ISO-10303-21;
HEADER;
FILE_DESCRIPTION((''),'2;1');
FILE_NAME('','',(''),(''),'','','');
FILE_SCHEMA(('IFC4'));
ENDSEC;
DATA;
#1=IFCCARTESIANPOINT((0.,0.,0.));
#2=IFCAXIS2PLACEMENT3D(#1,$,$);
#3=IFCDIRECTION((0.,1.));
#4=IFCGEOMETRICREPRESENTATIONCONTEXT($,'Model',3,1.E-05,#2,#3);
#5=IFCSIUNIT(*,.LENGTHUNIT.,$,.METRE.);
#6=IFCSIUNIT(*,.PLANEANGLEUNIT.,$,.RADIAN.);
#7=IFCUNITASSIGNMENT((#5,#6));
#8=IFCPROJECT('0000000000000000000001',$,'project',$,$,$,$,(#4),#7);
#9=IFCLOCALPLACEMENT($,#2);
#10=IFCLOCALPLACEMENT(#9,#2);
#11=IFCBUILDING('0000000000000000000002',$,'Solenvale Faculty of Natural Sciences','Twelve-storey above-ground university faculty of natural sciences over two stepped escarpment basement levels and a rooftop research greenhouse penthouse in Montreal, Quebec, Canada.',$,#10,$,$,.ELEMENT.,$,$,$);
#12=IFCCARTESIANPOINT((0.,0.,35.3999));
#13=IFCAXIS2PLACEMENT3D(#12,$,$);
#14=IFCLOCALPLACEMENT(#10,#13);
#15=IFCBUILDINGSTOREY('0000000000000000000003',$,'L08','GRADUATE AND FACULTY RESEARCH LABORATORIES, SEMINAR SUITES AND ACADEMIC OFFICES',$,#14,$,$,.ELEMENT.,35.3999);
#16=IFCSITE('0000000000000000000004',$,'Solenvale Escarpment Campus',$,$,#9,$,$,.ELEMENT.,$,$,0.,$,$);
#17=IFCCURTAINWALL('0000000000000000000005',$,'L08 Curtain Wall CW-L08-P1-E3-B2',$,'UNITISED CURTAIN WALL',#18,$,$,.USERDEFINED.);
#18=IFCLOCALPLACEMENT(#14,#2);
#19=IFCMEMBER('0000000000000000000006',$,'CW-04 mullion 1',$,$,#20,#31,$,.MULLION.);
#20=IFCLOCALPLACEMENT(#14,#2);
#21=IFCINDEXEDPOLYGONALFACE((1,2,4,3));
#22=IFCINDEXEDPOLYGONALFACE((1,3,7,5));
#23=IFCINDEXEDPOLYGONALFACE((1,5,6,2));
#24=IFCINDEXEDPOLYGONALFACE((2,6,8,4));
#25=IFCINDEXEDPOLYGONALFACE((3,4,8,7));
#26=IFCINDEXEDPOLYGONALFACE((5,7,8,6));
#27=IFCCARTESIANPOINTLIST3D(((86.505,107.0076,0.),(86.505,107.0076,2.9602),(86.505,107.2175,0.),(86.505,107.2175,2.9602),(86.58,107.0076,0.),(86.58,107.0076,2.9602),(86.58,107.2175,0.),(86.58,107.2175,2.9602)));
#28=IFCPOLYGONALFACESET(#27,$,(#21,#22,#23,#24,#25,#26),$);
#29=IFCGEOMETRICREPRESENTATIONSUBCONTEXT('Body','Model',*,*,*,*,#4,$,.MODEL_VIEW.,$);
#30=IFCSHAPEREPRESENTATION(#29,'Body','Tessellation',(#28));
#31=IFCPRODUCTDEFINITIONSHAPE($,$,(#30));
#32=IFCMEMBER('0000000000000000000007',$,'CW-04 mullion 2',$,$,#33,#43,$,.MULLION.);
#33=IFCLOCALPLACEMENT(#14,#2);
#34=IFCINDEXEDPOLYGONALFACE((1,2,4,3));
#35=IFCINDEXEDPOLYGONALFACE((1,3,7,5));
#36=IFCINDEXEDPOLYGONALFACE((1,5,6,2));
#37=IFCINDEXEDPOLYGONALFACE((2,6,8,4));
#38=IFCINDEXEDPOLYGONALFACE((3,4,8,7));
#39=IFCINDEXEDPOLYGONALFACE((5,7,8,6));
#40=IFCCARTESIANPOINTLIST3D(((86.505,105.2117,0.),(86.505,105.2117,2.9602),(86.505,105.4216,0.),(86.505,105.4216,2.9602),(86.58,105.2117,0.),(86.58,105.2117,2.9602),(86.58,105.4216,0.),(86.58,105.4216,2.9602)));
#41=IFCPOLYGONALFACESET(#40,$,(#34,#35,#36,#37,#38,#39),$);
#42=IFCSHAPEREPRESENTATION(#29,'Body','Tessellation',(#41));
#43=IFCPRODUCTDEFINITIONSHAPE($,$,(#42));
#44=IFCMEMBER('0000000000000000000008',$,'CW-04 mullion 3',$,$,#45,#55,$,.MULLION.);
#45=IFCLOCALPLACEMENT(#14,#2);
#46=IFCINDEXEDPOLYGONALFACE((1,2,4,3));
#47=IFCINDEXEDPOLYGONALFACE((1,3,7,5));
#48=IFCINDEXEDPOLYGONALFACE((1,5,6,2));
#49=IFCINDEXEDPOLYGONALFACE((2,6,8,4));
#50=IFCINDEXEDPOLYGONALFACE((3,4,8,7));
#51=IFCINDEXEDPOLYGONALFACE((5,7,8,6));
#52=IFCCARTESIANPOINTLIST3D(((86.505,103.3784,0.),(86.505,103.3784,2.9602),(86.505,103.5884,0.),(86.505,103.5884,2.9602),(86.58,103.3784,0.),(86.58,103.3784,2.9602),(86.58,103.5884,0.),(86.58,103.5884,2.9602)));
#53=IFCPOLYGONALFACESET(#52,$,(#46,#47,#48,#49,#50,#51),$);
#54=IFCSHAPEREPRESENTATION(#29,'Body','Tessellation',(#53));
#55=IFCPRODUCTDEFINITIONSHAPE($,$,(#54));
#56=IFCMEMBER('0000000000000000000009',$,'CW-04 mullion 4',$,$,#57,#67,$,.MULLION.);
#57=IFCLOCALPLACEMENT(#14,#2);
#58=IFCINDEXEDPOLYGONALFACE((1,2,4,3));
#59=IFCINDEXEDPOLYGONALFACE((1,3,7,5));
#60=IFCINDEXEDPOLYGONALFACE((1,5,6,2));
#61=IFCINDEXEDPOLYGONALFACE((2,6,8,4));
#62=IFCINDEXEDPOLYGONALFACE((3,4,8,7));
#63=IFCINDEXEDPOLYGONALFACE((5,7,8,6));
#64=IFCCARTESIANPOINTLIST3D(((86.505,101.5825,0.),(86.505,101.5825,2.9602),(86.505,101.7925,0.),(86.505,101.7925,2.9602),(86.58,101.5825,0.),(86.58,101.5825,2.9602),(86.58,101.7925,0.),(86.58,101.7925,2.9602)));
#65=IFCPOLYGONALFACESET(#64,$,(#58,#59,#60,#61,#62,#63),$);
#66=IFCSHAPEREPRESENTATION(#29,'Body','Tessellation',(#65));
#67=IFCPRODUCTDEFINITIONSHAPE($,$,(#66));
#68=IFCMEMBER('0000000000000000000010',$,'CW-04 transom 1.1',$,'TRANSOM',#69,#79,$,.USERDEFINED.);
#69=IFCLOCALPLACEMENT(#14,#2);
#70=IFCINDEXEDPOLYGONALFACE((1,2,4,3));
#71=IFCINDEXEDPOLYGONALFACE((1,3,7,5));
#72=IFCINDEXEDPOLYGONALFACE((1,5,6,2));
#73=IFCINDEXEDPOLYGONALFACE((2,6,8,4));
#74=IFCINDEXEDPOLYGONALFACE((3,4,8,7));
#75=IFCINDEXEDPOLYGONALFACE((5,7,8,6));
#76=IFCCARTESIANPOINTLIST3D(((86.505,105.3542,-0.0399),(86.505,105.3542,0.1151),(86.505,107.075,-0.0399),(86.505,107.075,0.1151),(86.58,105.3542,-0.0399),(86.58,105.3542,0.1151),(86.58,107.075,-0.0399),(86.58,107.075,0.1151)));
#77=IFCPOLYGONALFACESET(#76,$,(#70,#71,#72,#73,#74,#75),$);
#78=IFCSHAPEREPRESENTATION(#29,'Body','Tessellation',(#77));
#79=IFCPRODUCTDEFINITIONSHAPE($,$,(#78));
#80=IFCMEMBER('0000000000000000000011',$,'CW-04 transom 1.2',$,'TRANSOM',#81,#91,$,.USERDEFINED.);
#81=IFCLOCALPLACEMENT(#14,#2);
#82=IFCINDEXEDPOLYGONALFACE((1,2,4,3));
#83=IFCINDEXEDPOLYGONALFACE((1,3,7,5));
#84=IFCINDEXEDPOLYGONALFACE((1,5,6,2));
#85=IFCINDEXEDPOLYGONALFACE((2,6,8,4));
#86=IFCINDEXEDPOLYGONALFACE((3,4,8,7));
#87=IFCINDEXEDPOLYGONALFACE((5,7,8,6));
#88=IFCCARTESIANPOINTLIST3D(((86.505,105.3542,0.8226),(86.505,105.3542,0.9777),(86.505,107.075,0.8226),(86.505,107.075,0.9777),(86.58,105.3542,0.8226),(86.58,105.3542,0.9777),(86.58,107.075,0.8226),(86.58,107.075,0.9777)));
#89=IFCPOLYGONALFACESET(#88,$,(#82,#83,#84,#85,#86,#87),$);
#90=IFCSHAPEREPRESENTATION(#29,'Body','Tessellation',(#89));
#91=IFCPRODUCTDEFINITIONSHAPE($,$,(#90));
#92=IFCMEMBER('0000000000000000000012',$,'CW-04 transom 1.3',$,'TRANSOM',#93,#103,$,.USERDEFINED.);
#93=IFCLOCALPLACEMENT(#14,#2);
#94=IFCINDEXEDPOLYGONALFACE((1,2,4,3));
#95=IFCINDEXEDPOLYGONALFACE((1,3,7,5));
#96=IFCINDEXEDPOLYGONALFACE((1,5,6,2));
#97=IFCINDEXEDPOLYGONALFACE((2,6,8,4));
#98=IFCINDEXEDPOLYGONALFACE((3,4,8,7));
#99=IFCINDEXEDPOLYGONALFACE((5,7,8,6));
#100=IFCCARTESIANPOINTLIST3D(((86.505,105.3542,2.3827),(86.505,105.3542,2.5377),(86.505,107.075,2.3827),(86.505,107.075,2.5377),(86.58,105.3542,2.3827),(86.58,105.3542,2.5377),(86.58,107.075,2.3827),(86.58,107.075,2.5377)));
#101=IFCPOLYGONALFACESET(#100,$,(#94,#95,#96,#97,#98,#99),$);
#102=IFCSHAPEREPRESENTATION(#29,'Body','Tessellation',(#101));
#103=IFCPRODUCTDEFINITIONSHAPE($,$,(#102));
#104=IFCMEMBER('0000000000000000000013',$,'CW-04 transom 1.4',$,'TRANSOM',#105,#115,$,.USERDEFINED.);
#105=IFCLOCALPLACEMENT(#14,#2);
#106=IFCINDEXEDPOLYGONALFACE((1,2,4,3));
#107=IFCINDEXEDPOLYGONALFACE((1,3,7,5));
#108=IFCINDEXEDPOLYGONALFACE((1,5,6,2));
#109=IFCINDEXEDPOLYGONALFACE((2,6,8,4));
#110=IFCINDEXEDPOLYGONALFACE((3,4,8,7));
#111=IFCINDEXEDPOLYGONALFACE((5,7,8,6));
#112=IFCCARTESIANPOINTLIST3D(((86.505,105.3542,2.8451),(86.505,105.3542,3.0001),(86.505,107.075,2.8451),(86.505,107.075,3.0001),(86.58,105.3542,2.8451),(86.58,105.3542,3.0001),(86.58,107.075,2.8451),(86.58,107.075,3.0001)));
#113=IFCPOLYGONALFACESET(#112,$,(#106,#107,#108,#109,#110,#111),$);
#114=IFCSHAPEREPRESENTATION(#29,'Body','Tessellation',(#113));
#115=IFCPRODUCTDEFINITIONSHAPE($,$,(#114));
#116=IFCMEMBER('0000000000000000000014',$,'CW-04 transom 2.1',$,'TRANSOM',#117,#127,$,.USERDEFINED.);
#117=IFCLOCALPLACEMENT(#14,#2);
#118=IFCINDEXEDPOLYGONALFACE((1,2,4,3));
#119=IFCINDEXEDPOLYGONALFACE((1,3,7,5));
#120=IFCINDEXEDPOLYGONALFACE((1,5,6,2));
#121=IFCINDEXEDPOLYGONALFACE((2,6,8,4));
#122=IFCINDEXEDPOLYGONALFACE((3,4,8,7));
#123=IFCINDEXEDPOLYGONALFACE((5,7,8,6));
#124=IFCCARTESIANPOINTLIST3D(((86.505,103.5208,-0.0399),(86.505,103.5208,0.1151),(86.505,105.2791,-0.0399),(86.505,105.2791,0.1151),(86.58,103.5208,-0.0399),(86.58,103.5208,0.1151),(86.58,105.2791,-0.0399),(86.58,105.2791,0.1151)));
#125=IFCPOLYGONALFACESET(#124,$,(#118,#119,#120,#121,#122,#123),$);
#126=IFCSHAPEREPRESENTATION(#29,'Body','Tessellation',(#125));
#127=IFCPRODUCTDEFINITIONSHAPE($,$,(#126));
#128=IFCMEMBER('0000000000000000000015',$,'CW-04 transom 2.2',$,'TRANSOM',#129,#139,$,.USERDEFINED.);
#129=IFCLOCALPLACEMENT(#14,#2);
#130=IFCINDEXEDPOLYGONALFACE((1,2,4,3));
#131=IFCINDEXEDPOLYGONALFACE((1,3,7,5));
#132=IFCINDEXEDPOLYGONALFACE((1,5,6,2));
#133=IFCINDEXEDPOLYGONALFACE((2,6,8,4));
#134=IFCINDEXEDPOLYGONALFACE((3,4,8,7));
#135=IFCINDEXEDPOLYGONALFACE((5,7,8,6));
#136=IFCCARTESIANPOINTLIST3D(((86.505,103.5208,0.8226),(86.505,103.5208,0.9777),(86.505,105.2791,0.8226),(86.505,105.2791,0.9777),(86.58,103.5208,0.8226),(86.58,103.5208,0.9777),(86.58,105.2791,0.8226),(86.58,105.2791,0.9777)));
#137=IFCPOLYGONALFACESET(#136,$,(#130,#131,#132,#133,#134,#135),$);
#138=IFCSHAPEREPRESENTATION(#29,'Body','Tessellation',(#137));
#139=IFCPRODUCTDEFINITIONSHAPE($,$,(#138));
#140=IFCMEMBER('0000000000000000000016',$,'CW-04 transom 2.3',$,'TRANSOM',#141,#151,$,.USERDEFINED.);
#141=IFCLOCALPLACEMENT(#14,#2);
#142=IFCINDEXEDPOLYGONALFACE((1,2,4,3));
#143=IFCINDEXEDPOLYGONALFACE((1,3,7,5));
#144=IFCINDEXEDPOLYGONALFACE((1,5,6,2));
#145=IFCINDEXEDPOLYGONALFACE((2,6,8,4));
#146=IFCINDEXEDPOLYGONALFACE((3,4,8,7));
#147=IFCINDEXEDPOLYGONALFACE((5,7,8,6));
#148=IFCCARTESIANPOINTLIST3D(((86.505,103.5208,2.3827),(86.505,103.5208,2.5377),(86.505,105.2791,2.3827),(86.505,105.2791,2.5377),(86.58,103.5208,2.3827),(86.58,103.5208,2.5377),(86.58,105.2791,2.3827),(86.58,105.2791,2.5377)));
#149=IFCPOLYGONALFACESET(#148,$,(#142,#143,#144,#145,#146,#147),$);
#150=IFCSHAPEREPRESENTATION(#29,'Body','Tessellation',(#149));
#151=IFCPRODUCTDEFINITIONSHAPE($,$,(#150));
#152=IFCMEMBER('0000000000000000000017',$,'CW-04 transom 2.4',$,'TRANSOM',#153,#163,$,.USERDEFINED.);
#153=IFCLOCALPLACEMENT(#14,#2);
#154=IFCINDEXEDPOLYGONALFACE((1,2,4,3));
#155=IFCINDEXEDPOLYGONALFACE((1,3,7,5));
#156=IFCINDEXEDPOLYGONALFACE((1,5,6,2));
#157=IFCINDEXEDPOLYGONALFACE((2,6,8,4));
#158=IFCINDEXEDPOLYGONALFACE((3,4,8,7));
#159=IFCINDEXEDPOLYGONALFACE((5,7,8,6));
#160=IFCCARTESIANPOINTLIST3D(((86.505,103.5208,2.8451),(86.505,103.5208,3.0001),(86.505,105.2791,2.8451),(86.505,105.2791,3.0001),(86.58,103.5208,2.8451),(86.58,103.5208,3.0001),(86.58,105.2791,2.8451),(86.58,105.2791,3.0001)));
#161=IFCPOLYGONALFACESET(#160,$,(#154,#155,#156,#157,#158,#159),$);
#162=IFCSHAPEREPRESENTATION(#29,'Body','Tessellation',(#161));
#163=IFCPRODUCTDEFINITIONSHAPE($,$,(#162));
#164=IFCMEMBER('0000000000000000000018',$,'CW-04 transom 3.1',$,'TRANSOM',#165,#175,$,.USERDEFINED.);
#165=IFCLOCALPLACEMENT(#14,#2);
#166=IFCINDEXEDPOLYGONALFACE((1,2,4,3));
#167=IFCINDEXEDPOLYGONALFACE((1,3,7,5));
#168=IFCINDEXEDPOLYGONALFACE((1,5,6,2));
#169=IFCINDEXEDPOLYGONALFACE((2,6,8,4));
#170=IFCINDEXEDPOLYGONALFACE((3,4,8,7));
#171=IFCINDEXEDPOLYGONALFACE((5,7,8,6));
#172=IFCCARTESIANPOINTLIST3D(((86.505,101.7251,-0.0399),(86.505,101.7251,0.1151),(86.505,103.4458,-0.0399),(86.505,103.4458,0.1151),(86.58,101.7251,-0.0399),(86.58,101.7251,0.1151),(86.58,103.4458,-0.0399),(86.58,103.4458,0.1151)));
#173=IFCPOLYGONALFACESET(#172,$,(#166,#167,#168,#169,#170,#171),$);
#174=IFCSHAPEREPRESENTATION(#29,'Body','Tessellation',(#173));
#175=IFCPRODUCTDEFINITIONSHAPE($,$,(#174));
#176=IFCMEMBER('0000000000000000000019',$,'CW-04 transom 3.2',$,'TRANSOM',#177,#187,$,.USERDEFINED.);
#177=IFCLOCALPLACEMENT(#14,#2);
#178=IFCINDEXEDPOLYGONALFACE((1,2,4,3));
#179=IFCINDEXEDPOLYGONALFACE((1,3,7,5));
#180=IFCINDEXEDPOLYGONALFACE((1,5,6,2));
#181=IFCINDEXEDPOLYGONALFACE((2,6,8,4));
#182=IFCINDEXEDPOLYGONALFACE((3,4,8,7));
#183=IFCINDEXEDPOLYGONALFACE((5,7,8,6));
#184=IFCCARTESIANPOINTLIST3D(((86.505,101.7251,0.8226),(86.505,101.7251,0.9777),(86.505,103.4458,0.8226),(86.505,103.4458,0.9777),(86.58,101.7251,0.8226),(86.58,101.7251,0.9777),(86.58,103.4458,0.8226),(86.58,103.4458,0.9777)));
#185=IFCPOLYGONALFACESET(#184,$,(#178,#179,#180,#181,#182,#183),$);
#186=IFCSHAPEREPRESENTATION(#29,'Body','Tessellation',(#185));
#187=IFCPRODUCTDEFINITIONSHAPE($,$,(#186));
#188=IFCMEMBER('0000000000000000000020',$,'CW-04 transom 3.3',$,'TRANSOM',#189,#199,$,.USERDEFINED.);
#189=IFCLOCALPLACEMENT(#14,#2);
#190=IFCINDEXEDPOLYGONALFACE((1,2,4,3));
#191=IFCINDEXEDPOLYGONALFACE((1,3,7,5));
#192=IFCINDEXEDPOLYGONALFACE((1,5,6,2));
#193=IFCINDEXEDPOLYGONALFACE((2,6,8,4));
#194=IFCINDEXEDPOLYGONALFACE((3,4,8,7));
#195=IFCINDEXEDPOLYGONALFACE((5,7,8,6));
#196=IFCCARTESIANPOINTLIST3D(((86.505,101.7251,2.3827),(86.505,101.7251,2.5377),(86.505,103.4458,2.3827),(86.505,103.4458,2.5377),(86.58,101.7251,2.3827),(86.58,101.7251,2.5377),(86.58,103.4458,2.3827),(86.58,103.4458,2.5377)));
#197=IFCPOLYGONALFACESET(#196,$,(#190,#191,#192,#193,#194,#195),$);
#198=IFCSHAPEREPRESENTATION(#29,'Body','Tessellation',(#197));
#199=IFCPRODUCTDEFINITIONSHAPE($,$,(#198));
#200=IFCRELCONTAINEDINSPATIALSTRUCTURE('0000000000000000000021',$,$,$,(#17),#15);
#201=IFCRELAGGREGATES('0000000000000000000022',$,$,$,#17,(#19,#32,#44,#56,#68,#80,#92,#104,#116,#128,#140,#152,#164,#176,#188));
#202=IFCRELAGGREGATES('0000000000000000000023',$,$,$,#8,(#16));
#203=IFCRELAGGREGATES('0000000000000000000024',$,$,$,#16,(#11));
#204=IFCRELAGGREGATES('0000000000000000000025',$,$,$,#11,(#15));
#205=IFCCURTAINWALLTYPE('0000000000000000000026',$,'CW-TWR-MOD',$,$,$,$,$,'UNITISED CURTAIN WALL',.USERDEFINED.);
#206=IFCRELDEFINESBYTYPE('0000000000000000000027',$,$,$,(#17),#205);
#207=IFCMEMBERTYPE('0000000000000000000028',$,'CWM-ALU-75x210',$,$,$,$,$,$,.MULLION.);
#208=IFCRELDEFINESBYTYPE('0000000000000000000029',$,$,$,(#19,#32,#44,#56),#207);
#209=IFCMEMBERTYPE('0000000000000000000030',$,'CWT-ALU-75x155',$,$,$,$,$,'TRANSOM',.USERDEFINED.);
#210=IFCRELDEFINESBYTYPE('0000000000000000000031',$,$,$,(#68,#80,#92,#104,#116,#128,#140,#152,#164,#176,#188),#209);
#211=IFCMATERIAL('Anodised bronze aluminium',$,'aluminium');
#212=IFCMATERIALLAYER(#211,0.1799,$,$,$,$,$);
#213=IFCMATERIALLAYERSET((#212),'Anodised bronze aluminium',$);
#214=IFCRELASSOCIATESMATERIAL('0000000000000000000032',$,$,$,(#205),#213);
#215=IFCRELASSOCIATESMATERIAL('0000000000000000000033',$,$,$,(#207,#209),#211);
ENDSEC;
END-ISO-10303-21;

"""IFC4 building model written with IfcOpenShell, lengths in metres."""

from ifc_helpers import new_model, si_unit, direction, frame, origin, origin_2d, place, context, subcontext, project, spatial, rectangle, extrude, material, layer, layer_set, material_profile, profile_set, type_object, element, aggregate, save


model = new_model("IFC4")

# Units and contexts
model_context = context("Model", 3, precision=1e-05, world=origin(), true_north=direction((0.0, 1.0)))
body_context = subcontext(model_context, "Body", "Model", "MODEL_VIEW")
ifc_project = project(units=[si_unit("LENGTHUNIT", "METRE"), si_unit("PLANEANGLEUNIT", "RADIAN")], contexts=[model_context])

# Site, building, storey
site_placement = place(None, origin())
site = spatial("IfcSite", under=ifc_project, at=site_placement, Name="Solenvale Escarpment Campus", CompositionType="ELEMENT", RefElevation=0.0)
building_placement = place(site_placement, origin())
building = spatial("IfcBuilding", under=site, at=building_placement, Name="Solenvale Faculty of Natural Sciences", Description="Twelve-storey above-ground university faculty of natural sciences over two stepped escarpment basement levels and a rooftop research greenhouse penthouse in Montreal, Quebec, Canada.", CompositionType="ELEMENT")
storey_placement = place(building_placement, frame((0.0, 0.0, 35.3999)))
storey = spatial("IfcBuildingStorey", under=building, at=storey_placement, Name="L08", Description="GRADUATE AND FACULTY RESEARCH LABORATORIES, SEMINAR SUITES AND ACADEMIC OFFICES", CompositionType="ELEMENT", Elevation=35.3999)

# Curtain wall, members
ifc_material_1 = material(Name="Anodised bronze aluminium", Category="aluminium")
ifc_layer_1 = layer(ifc_material_1, 0.1799)
ifc_layer_set_1 = layer_set([ifc_layer_1], Name="Anodised bronze aluminium")
curtain_wall_type = type_object("IfcCurtainWallType", Name="CW-TWR-MOD", ElementType="UNITISED CURTAIN WALL", PredefinedType="USERDEFINED", material=ifc_layer_set_1)
curtain_wall_placement = place(storey_placement, origin())
curtain_wall = element("IfcCurtainWall", 1, at=curtain_wall_placement, inside=storey, type_object=curtain_wall_type, Name="L08 Curtain Wall CW-L08-P1-E3-B2", ObjectType="UNITISED CURTAIN WALL", PredefinedType="USERDEFINED")
ifc_material_profile_1 = material_profile(ifc_material_1, rectangle(XDim=0.075, YDim=0.21, at=origin_2d()), Name="ALU-MUL-75x210")
ifc_profile_set_1 = profile_set([ifc_material_profile_1], Name="Anodised bronze aluminium")
member_type_1 = type_object("IfcMemberType", Name="CWM-ALU-75x210", PredefinedType="MULLION", material=ifc_profile_set_1)
member_1_placement = place(storey_placement, frame((86.5425, 107.1125, 0.0), z_axis=(0.0, 0.0, 1.0), x_axis=(1.0, 0.0, 0.0)))
member_1 = element("IfcMember", 2, at=member_1_placement, type_object=member_type_1, Name="CW-04 mullion 1", PredefinedType="MULLION", context=body_context, shape_type="SweptSolid", body=[
    extrude(rectangle(XDim=0.075, YDim=0.21, at=origin_2d()), origin(), (0.0, 0.0, 1.0), 2.9602),
])
member_2_placement = place(storey_placement, frame((86.5425, 105.3167, 0.0), z_axis=(0.0, 0.0, 1.0), x_axis=(1.0, 0.0, 0.0)))
member_2 = element("IfcMember", 3, at=member_2_placement, type_object=member_type_1, Name="CW-04 mullion 2", PredefinedType="MULLION", context=body_context, shape_type="SweptSolid", body=[
    extrude(rectangle(XDim=0.075, YDim=0.21, at=origin_2d()), origin(), (0.0, 0.0, 1.0), 2.9602),
])
member_3_placement = place(storey_placement, frame((86.5425, 103.4834, 0.0), z_axis=(0.0, 0.0, 1.0), x_axis=(1.0, 0.0, 0.0)))
member_3 = element("IfcMember", 4, at=member_3_placement, type_object=member_type_1, Name="CW-04 mullion 3", PredefinedType="MULLION", context=body_context, shape_type="SweptSolid", body=[
    extrude(rectangle(XDim=0.075, YDim=0.21, at=origin_2d()), origin(), (0.0, 0.0, 1.0), 2.9602),
])
member_4_placement = place(storey_placement, frame((86.5425, 101.6875, 0.0), z_axis=(0.0, 0.0, 1.0), x_axis=(1.0, 0.0, 0.0)))
member_4 = element("IfcMember", 5, at=member_4_placement, type_object=member_type_1, Name="CW-04 mullion 4", PredefinedType="MULLION", context=body_context, shape_type="SweptSolid", body=[
    extrude(rectangle(XDim=0.075, YDim=0.21, at=origin_2d()), origin(), (0.0, 0.0, 1.0), 2.9602),
])
ifc_material_profile_2 = material_profile(ifc_material_1, rectangle(XDim=0.075, YDim=0.155, at=origin_2d()), Name="ALU-TRN-75x155")
ifc_profile_set_2 = profile_set([ifc_material_profile_2], Name="Anodised bronze aluminium")
member_type_2 = type_object("IfcMemberType", Name="CWT-ALU-75x155", ElementType="TRANSOM", PredefinedType="USERDEFINED", material=ifc_profile_set_2)
member_5_placement = place(storey_placement, frame((86.5425, 107.075, 0.0376), z_axis=(0.0, -1.0, 0.0), x_axis=(1.0, 0.0, 0.0)))
member_5 = element("IfcMember", 6, at=member_5_placement, type_object=member_type_2, Name="CW-04 transom 1.1", ObjectType="TRANSOM", PredefinedType="USERDEFINED", context=body_context, shape_type="SweptSolid", body=[
    extrude(rectangle(XDim=0.075, YDim=0.155, at=origin_2d()), origin(), (0.0, 0.0, 1.0), 1.7207),
])
member_6_placement = place(storey_placement, frame((86.5425, 107.075, 0.9001), z_axis=(0.0, -1.0, 0.0), x_axis=(1.0, 0.0, 0.0)))
member_6 = element("IfcMember", 7, at=member_6_placement, type_object=member_type_2, Name="CW-04 transom 1.2", ObjectType="TRANSOM", PredefinedType="USERDEFINED", context=body_context, shape_type="SweptSolid", body=[
    extrude(rectangle(XDim=0.075, YDim=0.155, at=origin_2d()), origin(), (0.0, 0.0, 1.0), 1.7207),
])
member_7_placement = place(storey_placement, frame((86.5425, 107.075, 2.4602), z_axis=(0.0, -1.0, 0.0), x_axis=(1.0, 0.0, 0.0)))
member_7 = element("IfcMember", 8, at=member_7_placement, type_object=member_type_2, Name="CW-04 transom 1.3", ObjectType="TRANSOM", PredefinedType="USERDEFINED", context=body_context, shape_type="SweptSolid", body=[
    extrude(rectangle(XDim=0.075, YDim=0.155, at=origin_2d()), origin(), (0.0, 0.0, 1.0), 1.7207),
])
member_8_placement = place(storey_placement, frame((86.5425, 107.075, 2.9226), z_axis=(0.0, -1.0, 0.0), x_axis=(1.0, 0.0, 0.0)))
member_8 = element("IfcMember", 9, at=member_8_placement, type_object=member_type_2, Name="CW-04 transom 1.4", ObjectType="TRANSOM", PredefinedType="USERDEFINED", context=body_context, shape_type="SweptSolid", body=[
    extrude(rectangle(XDim=0.075, YDim=0.155, at=origin_2d()), origin(), (0.0, 0.0, 1.0), 1.7207),
])
member_9_placement = place(storey_placement, frame((86.5425, 105.2791, 0.0376), z_axis=(0.0, -1.0, 0.0), x_axis=(1.0, 0.0, 0.0)))
member_9 = element("IfcMember", 10, at=member_9_placement, type_object=member_type_2, Name="CW-04 transom 2.1", ObjectType="TRANSOM", PredefinedType="USERDEFINED", context=body_context, shape_type="SweptSolid", body=[
    extrude(rectangle(XDim=0.075, YDim=0.155, at=origin_2d()), origin(), (0.0, 0.0, 1.0), 1.7583),
])
member_10_placement = place(storey_placement, frame((86.5425, 105.2791, 0.9001), z_axis=(0.0, -1.0, 0.0), x_axis=(1.0, 0.0, 0.0)))
member_10 = element("IfcMember", 11, at=member_10_placement, type_object=member_type_2, Name="CW-04 transom 2.2", ObjectType="TRANSOM", PredefinedType="USERDEFINED", context=body_context, shape_type="SweptSolid", body=[
    extrude(rectangle(XDim=0.075, YDim=0.155, at=origin_2d()), origin(), (0.0, 0.0, 1.0), 1.7583),
])
member_11_placement = place(storey_placement, frame((86.5425, 105.2791, 2.4602), z_axis=(0.0, -1.0, 0.0), x_axis=(1.0, 0.0, 0.0)))
member_11 = element("IfcMember", 12, at=member_11_placement, type_object=member_type_2, Name="CW-04 transom 2.3", ObjectType="TRANSOM", PredefinedType="USERDEFINED", context=body_context, shape_type="SweptSolid", body=[
    extrude(rectangle(XDim=0.075, YDim=0.155, at=origin_2d()), origin(), (0.0, 0.0, 1.0), 1.7583),
])
member_12_placement = place(storey_placement, frame((86.5425, 105.2791, 2.9226), z_axis=(0.0, -1.0, 0.0), x_axis=(1.0, 0.0, 0.0)))
member_12 = element("IfcMember", 13, at=member_12_placement, type_object=member_type_2, Name="CW-04 transom 2.4", ObjectType="TRANSOM", PredefinedType="USERDEFINED", context=body_context, shape_type="SweptSolid", body=[
    extrude(rectangle(XDim=0.075, YDim=0.155, at=origin_2d()), origin(), (0.0, 0.0, 1.0), 1.7583),
])
member_13_placement = place(storey_placement, frame((86.5425, 103.4458, 0.0376), z_axis=(0.0, -1.0, 0.0), x_axis=(1.0, 0.0, 0.0)))
member_13 = element("IfcMember", 14, at=member_13_placement, type_object=member_type_2, Name="CW-04 transom 3.1", ObjectType="TRANSOM", PredefinedType="USERDEFINED", context=body_context, shape_type="SweptSolid", body=[
    extrude(rectangle(XDim=0.075, YDim=0.155, at=origin_2d()), origin(), (0.0, 0.0, 1.0), 1.7207),
])
member_14_placement = place(storey_placement, frame((86.5425, 103.4458, 0.9001), z_axis=(0.0, -1.0, 0.0), x_axis=(1.0, 0.0, 0.0)))
member_14 = element("IfcMember", 15, at=member_14_placement, type_object=member_type_2, Name="CW-04 transom 3.2", ObjectType="TRANSOM", PredefinedType="USERDEFINED", context=body_context, shape_type="SweptSolid", body=[
    extrude(rectangle(XDim=0.075, YDim=0.155, at=origin_2d()), origin(), (0.0, 0.0, 1.0), 1.7207),
])
member_15_placement = place(storey_placement, frame((86.5425, 103.4458, 2.4602), z_axis=(0.0, -1.0, 0.0), x_axis=(1.0, 0.0, 0.0)))
member_15 = element("IfcMember", 16, at=member_15_placement, type_object=member_type_2, Name="CW-04 transom 3.3", ObjectType="TRANSOM", PredefinedType="USERDEFINED", context=body_context, shape_type="SweptSolid", body=[
    extrude(rectangle(XDim=0.075, YDim=0.155, at=origin_2d()), origin(), (0.0, 0.0, 1.0), 1.7207),
])
aggregate(curtain_wall, [member_1, member_2, member_3, member_4, member_5, member_6, member_7, member_8, member_9, member_10, member_11, member_12, member_13, member_14, member_15])

save(model, "model.ifc")
